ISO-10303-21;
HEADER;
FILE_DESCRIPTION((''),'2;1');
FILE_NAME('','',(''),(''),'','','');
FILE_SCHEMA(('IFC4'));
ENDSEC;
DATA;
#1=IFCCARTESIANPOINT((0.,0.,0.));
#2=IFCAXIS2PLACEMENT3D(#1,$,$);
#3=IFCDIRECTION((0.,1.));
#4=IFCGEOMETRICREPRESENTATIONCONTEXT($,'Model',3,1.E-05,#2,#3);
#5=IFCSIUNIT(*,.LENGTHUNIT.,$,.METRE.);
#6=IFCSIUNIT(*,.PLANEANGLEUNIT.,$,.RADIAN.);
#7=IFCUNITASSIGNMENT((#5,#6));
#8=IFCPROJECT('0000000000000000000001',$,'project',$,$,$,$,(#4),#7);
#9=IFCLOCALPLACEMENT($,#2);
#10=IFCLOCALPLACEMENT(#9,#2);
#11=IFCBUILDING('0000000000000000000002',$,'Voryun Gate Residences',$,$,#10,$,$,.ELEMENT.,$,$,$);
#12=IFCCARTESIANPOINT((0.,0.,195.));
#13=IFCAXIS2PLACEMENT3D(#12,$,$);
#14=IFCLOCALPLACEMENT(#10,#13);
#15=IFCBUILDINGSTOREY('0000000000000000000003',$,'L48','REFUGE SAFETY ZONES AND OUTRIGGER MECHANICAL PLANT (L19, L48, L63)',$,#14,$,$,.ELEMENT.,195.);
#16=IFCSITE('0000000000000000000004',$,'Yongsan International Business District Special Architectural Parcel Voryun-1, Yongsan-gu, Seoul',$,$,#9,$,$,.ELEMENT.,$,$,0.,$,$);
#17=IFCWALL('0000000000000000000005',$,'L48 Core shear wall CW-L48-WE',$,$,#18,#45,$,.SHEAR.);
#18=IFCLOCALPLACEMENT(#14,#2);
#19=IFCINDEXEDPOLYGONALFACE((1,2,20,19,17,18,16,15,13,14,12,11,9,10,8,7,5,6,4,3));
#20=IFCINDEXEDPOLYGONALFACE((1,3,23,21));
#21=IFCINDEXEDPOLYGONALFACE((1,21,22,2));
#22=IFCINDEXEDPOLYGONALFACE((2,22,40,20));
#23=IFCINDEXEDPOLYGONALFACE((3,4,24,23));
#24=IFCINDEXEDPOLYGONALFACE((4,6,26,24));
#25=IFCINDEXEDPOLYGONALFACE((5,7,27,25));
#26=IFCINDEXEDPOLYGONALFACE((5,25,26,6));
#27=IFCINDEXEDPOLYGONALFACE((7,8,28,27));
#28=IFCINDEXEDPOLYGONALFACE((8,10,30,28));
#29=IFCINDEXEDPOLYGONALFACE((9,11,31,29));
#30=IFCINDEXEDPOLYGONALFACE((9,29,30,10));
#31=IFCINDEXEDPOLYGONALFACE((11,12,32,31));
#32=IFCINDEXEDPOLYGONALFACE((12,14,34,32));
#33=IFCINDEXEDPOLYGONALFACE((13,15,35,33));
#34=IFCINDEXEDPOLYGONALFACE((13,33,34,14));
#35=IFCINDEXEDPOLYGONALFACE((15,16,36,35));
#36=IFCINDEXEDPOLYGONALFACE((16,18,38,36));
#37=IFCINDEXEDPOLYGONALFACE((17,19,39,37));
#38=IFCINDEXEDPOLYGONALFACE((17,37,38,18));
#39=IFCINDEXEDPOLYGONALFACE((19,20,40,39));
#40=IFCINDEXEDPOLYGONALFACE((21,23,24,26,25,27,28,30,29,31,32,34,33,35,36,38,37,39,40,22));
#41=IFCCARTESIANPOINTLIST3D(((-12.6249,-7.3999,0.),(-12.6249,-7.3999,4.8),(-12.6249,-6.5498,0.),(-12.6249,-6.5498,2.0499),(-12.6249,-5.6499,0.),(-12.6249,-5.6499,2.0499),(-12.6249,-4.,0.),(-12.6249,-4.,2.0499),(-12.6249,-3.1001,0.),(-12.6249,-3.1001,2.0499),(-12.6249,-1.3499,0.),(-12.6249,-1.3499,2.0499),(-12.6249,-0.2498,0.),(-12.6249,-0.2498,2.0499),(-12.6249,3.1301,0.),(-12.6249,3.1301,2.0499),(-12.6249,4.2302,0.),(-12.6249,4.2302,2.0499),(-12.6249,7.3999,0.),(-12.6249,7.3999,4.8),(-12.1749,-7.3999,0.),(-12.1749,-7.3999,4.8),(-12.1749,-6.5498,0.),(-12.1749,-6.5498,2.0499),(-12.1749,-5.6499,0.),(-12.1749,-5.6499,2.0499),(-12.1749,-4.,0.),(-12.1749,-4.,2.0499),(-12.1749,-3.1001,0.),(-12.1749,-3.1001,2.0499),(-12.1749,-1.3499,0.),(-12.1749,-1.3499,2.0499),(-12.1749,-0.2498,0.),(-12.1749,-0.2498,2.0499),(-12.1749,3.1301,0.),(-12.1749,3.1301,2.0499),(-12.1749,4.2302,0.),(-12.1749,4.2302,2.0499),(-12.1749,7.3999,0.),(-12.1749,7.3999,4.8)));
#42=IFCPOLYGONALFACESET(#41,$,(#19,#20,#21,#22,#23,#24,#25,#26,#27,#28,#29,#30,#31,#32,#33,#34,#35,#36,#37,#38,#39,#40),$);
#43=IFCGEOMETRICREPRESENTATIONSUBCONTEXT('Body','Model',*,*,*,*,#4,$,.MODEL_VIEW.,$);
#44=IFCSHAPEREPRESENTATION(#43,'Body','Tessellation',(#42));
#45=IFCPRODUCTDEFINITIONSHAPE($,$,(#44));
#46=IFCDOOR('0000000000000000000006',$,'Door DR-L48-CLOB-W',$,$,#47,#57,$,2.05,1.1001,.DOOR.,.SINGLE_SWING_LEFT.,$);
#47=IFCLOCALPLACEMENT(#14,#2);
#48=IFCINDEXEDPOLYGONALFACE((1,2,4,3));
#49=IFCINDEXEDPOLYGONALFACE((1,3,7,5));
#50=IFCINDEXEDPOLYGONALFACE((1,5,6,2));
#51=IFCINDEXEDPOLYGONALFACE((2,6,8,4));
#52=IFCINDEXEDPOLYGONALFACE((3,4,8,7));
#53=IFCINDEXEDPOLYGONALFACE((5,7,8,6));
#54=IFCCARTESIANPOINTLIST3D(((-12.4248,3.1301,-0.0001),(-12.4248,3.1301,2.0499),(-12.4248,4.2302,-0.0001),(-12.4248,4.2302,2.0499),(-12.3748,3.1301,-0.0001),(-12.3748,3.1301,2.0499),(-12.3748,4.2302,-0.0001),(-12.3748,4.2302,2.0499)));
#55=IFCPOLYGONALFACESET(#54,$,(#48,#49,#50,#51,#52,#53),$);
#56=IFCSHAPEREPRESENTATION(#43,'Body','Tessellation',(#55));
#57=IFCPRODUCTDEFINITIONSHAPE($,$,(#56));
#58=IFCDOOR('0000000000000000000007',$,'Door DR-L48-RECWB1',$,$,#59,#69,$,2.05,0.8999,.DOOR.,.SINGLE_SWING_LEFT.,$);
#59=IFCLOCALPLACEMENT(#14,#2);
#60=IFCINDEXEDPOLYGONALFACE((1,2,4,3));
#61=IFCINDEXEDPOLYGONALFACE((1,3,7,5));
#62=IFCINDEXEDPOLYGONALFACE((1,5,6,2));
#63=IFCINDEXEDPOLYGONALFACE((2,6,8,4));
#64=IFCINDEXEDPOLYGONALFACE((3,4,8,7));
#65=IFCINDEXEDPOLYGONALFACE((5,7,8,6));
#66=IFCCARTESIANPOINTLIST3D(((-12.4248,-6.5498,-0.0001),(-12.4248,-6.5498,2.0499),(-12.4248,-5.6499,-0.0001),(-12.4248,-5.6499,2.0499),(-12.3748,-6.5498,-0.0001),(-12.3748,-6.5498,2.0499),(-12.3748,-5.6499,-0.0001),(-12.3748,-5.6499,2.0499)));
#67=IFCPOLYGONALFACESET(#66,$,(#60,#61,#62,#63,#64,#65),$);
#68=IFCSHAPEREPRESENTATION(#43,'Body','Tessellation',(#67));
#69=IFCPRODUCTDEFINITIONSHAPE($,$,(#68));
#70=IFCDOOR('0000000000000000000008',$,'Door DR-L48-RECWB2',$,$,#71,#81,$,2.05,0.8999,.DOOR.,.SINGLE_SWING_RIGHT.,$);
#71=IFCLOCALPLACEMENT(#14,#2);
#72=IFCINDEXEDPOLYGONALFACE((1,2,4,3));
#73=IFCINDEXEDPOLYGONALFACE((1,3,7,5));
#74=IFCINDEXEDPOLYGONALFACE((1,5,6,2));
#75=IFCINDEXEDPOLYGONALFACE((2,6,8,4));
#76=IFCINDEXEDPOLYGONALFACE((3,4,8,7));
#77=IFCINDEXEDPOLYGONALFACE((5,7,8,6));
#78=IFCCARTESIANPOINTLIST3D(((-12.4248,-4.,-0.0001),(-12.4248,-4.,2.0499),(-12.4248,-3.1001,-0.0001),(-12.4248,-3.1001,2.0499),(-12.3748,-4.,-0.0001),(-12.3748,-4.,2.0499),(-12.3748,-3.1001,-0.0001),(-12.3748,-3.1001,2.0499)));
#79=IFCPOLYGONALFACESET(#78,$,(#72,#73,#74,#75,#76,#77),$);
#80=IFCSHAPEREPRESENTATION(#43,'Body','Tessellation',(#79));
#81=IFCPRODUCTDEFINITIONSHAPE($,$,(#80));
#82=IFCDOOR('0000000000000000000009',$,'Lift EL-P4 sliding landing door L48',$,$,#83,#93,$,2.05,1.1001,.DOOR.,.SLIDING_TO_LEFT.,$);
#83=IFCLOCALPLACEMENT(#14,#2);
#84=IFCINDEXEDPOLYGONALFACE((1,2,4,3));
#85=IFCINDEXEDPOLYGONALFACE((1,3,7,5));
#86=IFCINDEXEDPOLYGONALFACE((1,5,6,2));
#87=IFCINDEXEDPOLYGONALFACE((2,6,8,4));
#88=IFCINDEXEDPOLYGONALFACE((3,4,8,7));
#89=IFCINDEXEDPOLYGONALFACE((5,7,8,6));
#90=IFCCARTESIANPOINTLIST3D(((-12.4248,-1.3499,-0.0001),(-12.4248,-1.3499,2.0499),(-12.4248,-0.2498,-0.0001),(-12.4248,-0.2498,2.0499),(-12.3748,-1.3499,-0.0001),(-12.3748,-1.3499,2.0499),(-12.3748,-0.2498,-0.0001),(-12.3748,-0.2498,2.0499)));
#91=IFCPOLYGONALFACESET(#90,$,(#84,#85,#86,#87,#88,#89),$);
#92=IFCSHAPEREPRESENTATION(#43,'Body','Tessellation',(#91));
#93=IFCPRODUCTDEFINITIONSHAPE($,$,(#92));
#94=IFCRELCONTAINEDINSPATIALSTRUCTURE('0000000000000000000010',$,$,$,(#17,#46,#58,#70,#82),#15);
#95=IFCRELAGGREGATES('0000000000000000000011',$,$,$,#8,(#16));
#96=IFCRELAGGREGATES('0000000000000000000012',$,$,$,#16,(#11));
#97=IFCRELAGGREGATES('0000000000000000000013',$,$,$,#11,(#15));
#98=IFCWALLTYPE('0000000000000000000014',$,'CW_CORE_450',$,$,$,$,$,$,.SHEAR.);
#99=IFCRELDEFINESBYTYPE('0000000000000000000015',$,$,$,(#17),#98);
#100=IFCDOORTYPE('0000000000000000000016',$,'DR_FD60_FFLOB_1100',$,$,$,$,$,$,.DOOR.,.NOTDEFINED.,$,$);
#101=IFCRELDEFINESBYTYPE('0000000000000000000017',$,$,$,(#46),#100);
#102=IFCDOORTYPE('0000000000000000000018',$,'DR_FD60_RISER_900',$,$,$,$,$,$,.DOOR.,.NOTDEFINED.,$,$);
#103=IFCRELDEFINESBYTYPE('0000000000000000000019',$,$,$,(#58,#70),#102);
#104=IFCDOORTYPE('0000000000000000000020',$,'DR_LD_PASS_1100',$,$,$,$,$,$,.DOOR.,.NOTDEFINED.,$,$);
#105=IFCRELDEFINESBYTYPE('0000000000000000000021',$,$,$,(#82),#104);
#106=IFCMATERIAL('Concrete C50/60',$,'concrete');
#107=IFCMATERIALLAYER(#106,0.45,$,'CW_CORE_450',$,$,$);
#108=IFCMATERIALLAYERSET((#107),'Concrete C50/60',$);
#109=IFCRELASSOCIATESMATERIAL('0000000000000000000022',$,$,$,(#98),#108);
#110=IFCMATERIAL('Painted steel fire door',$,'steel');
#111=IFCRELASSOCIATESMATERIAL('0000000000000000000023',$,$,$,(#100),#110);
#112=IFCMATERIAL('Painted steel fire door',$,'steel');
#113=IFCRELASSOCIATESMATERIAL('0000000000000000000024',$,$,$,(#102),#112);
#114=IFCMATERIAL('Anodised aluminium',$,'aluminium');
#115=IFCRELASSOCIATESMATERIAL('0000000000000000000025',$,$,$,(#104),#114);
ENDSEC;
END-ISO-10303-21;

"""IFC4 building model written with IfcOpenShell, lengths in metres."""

from ifc_helpers import new_model, si_unit, direction, frame, frame_2d, origin, place, context, subcontext, project, spatial, rectangle, extrude, material, layer, layer_set, type_object, element, fill, save


model = new_model("IFC4")

# Units and contexts
model_context = context("Model", 3, precision=1e-05, world=origin(), true_north=direction((0.0, 1.0)))
body_context = subcontext(model_context, "Body", "Model", "MODEL_VIEW")
ifc_project = project(units=[si_unit("LENGTHUNIT", "METRE"), si_unit("PLANEANGLEUNIT", "RADIAN")], contexts=[model_context])

# Site, building, storey
site_placement = place(None, origin())
site = spatial("IfcSite", under=ifc_project, at=site_placement, Name="Yongsan International Business District Special Architectural Parcel Voryun-1, Yongsan-gu, Seoul", CompositionType="ELEMENT", RefElevation=0.0)
building_placement = place(site_placement, origin())
building = spatial("IfcBuilding", under=site, at=building_placement, Name="Voryun Gate Residences", CompositionType="ELEMENT")
storey_placement = place(building_placement, frame((0.0, 0.0, 195.0)))
storey = spatial("IfcBuildingStorey", under=building, at=storey_placement, Name="L48", Description="REFUGE SAFETY ZONES AND OUTRIGGER MECHANICAL PLANT (L19, L48, L63)", CompositionType="ELEMENT", Elevation=195.0)

# Wall, openings, doors
ifc_material_1 = material(Name="Concrete C50/60", Category="concrete")
ifc_layer_1 = layer(ifc_material_1, 0.45, Name="CW_CORE_450")
ifc_layer_set_1 = layer_set([ifc_layer_1], Name="Concrete C50/60")
wall_type = type_object("IfcWallType", Name="CW_CORE_450", PredefinedType="SHEAR", material=ifc_layer_set_1)
wall_placement = place(storey_placement, frame((-12.3999, -7.3999, 0.0), z_axis=(0.0, 0.0, 1.0), x_axis=(0.0, 1.0, 0.0)))
wall = element("IfcWall", 1, at=wall_placement, inside=storey, type_object=wall_type, Name="L48 Core shear wall CW-L48-WE", PredefinedType="SHEAR", context=body_context, shape_type="SweptSolid", body=[
    extrude(rectangle(XDim=14.7998, YDim=0.45, at=frame_2d((7.3999, 0.0))), origin(), (0.0, 0.0, 1.0), 4.8),
])
opening_1_placement = place(wall_placement, frame((6.05, 0.0, 0.0)))
opening_1 = element("IfcOpeningElement", 2, at=opening_1_placement, cuts=wall, PredefinedType="OPENING", context=body_context, shape_type="SweptSolid", body=[
    extrude(rectangle(XDim=1.1001, YDim=2.05, at=frame_2d((0.55, 1.0249))), frame((0.0, 0.2351, 0.0), z_axis=(0.0, -1.0, 0.0), x_axis=(1.0, 0.0, 0.0)), (0.0, 0.0, 1.0), 0.47),
])
opening_2_placement = place(wall_placement, frame((10.53, 0.0, 0.0)))
opening_2 = element("IfcOpeningElement", 3, at=opening_2_placement, cuts=wall, PredefinedType="OPENING", context=body_context, shape_type="SweptSolid", body=[
    extrude(rectangle(XDim=1.1001, YDim=2.05, at=frame_2d((0.55, 1.0249))), frame((0.0, 0.2351, 0.0), z_axis=(0.0, -1.0, 0.0), x_axis=(1.0, 0.0, 0.0)), (0.0, 0.0, 1.0), 0.47),
])
opening_3_placement = place(wall_placement, frame((0.8501, 0.0, 0.0)))
opening_3 = element("IfcOpeningElement", 4, at=opening_3_placement, cuts=wall, PredefinedType="OPENING", context=body_context, shape_type="SweptSolid", body=[
    extrude(rectangle(XDim=0.8999, YDim=2.05, at=frame_2d((0.45, 1.0249))), frame((0.0, 0.2351, 0.0), z_axis=(0.0, -1.0, 0.0), x_axis=(1.0, 0.0, 0.0)), (0.0, 0.0, 1.0), 0.47),
])
opening_4_placement = place(wall_placement, frame((3.3999, 0.0, 0.0)))
opening_4 = element("IfcOpeningElement", 5, at=opening_4_placement, cuts=wall, PredefinedType="OPENING", context=body_context, shape_type="SweptSolid", body=[
    extrude(rectangle(XDim=0.8999, YDim=2.05, at=frame_2d((0.45, 1.0249))), frame((0.0, 0.2351, 0.0), z_axis=(0.0, -1.0, 0.0), x_axis=(1.0, 0.0, 0.0)), (0.0, 0.0, 1.0), 0.47),
])
ifc_material_2 = material(Name="Painted steel fire door", Category="steel")
door_type_1 = type_object("IfcDoorType", Name="DR_FD60_FFLOB_1100", OperationType="NOTDEFINED", PredefinedType="DOOR", material=ifc_material_2)
door_1_placement = place(opening_2_placement, origin())
door_1 = element("IfcDoor", 6, at=door_1_placement, inside=storey, type_object=door_type_1, Name="Door DR-L48-CLOB-W", OperationType="SINGLE_SWING_LEFT", OverallHeight=2.05, OverallWidth=1.1001, PredefinedType="DOOR", context=body_context, shape_type="SweptSolid", body=[
    extrude(rectangle(XDim=1.1001, YDim=2.05, at=frame_2d((0.55, 1.0249))), frame((0.0, 0.0249, 0.0), z_axis=(0.0, -1.0, 0.0), x_axis=(1.0, 0.0, 0.0)), (0.0, 0.0, 1.0), 0.05),
])
fill(opening_2, door_1)
ifc_material_3 = material(Name="Painted steel fire door", Category="steel")
door_type_2 = type_object("IfcDoorType", Name="DR_FD60_RISER_900", OperationType="NOTDEFINED", PredefinedType="DOOR", material=ifc_material_3)
door_2_placement = place(opening_3_placement, origin())
door_2 = element("IfcDoor", 7, at=door_2_placement, inside=storey, type_object=door_type_2, Name="Door DR-L48-RECWB1", OperationType="SINGLE_SWING_LEFT", OverallHeight=2.05, OverallWidth=0.8999, PredefinedType="DOOR", context=body_context, shape_type="SweptSolid", body=[
    extrude(rectangle(XDim=0.8999, YDim=2.05, at=frame_2d((0.45, 1.0249))), frame((0.0, 0.0249, 0.0), z_axis=(0.0, -1.0, 0.0), x_axis=(1.0, 0.0, 0.0)), (0.0, 0.0, 1.0), 0.05),
])
fill(opening_3, door_2)
door_3_placement = place(opening_4_placement, origin())
door_3 = element("IfcDoor", 8, at=door_3_placement, inside=storey, type_object=door_type_2, Name="Door DR-L48-RECWB2", OperationType="SINGLE_SWING_RIGHT", OverallHeight=2.05, OverallWidth=0.8999, PredefinedType="DOOR", context=body_context, shape_type="SweptSolid", body=[
    extrude(rectangle(XDim=0.8999, YDim=2.05, at=frame_2d((0.45, 1.0249))), frame((0.0, 0.0249, 0.0), z_axis=(0.0, -1.0, 0.0), x_axis=(1.0, 0.0, 0.0)), (0.0, 0.0, 1.0), 0.05),
])
fill(opening_4, door_3)
ifc_material_4 = material(Name="Anodised aluminium", Category="aluminium")
door_type_3 = type_object("IfcDoorType", Name="DR_LD_PASS_1100", OperationType="NOTDEFINED", PredefinedType="DOOR", material=ifc_material_4)
door_4_placement = place(opening_1_placement, origin())
door_4 = element("IfcDoor", 9, at=door_4_placement, inside=storey, type_object=door_type_3, Name="Lift EL-P4 sliding landing door L48", OperationType="SLIDING_TO_LEFT", OverallHeight=2.05, OverallWidth=1.1001, PredefinedType="DOOR", context=body_context, shape_type="SweptSolid", body=[
    extrude(rectangle(XDim=1.1001, YDim=2.05, at=frame_2d((0.55, 1.0249))), frame((0.0, 0.0249, 0.0), z_axis=(0.0, -1.0, 0.0), x_axis=(1.0, 0.0, 0.0)), (0.0, 0.0, 1.0), 0.05),
])
fill(opening_1, door_4)

save(model, "model.ifc")
